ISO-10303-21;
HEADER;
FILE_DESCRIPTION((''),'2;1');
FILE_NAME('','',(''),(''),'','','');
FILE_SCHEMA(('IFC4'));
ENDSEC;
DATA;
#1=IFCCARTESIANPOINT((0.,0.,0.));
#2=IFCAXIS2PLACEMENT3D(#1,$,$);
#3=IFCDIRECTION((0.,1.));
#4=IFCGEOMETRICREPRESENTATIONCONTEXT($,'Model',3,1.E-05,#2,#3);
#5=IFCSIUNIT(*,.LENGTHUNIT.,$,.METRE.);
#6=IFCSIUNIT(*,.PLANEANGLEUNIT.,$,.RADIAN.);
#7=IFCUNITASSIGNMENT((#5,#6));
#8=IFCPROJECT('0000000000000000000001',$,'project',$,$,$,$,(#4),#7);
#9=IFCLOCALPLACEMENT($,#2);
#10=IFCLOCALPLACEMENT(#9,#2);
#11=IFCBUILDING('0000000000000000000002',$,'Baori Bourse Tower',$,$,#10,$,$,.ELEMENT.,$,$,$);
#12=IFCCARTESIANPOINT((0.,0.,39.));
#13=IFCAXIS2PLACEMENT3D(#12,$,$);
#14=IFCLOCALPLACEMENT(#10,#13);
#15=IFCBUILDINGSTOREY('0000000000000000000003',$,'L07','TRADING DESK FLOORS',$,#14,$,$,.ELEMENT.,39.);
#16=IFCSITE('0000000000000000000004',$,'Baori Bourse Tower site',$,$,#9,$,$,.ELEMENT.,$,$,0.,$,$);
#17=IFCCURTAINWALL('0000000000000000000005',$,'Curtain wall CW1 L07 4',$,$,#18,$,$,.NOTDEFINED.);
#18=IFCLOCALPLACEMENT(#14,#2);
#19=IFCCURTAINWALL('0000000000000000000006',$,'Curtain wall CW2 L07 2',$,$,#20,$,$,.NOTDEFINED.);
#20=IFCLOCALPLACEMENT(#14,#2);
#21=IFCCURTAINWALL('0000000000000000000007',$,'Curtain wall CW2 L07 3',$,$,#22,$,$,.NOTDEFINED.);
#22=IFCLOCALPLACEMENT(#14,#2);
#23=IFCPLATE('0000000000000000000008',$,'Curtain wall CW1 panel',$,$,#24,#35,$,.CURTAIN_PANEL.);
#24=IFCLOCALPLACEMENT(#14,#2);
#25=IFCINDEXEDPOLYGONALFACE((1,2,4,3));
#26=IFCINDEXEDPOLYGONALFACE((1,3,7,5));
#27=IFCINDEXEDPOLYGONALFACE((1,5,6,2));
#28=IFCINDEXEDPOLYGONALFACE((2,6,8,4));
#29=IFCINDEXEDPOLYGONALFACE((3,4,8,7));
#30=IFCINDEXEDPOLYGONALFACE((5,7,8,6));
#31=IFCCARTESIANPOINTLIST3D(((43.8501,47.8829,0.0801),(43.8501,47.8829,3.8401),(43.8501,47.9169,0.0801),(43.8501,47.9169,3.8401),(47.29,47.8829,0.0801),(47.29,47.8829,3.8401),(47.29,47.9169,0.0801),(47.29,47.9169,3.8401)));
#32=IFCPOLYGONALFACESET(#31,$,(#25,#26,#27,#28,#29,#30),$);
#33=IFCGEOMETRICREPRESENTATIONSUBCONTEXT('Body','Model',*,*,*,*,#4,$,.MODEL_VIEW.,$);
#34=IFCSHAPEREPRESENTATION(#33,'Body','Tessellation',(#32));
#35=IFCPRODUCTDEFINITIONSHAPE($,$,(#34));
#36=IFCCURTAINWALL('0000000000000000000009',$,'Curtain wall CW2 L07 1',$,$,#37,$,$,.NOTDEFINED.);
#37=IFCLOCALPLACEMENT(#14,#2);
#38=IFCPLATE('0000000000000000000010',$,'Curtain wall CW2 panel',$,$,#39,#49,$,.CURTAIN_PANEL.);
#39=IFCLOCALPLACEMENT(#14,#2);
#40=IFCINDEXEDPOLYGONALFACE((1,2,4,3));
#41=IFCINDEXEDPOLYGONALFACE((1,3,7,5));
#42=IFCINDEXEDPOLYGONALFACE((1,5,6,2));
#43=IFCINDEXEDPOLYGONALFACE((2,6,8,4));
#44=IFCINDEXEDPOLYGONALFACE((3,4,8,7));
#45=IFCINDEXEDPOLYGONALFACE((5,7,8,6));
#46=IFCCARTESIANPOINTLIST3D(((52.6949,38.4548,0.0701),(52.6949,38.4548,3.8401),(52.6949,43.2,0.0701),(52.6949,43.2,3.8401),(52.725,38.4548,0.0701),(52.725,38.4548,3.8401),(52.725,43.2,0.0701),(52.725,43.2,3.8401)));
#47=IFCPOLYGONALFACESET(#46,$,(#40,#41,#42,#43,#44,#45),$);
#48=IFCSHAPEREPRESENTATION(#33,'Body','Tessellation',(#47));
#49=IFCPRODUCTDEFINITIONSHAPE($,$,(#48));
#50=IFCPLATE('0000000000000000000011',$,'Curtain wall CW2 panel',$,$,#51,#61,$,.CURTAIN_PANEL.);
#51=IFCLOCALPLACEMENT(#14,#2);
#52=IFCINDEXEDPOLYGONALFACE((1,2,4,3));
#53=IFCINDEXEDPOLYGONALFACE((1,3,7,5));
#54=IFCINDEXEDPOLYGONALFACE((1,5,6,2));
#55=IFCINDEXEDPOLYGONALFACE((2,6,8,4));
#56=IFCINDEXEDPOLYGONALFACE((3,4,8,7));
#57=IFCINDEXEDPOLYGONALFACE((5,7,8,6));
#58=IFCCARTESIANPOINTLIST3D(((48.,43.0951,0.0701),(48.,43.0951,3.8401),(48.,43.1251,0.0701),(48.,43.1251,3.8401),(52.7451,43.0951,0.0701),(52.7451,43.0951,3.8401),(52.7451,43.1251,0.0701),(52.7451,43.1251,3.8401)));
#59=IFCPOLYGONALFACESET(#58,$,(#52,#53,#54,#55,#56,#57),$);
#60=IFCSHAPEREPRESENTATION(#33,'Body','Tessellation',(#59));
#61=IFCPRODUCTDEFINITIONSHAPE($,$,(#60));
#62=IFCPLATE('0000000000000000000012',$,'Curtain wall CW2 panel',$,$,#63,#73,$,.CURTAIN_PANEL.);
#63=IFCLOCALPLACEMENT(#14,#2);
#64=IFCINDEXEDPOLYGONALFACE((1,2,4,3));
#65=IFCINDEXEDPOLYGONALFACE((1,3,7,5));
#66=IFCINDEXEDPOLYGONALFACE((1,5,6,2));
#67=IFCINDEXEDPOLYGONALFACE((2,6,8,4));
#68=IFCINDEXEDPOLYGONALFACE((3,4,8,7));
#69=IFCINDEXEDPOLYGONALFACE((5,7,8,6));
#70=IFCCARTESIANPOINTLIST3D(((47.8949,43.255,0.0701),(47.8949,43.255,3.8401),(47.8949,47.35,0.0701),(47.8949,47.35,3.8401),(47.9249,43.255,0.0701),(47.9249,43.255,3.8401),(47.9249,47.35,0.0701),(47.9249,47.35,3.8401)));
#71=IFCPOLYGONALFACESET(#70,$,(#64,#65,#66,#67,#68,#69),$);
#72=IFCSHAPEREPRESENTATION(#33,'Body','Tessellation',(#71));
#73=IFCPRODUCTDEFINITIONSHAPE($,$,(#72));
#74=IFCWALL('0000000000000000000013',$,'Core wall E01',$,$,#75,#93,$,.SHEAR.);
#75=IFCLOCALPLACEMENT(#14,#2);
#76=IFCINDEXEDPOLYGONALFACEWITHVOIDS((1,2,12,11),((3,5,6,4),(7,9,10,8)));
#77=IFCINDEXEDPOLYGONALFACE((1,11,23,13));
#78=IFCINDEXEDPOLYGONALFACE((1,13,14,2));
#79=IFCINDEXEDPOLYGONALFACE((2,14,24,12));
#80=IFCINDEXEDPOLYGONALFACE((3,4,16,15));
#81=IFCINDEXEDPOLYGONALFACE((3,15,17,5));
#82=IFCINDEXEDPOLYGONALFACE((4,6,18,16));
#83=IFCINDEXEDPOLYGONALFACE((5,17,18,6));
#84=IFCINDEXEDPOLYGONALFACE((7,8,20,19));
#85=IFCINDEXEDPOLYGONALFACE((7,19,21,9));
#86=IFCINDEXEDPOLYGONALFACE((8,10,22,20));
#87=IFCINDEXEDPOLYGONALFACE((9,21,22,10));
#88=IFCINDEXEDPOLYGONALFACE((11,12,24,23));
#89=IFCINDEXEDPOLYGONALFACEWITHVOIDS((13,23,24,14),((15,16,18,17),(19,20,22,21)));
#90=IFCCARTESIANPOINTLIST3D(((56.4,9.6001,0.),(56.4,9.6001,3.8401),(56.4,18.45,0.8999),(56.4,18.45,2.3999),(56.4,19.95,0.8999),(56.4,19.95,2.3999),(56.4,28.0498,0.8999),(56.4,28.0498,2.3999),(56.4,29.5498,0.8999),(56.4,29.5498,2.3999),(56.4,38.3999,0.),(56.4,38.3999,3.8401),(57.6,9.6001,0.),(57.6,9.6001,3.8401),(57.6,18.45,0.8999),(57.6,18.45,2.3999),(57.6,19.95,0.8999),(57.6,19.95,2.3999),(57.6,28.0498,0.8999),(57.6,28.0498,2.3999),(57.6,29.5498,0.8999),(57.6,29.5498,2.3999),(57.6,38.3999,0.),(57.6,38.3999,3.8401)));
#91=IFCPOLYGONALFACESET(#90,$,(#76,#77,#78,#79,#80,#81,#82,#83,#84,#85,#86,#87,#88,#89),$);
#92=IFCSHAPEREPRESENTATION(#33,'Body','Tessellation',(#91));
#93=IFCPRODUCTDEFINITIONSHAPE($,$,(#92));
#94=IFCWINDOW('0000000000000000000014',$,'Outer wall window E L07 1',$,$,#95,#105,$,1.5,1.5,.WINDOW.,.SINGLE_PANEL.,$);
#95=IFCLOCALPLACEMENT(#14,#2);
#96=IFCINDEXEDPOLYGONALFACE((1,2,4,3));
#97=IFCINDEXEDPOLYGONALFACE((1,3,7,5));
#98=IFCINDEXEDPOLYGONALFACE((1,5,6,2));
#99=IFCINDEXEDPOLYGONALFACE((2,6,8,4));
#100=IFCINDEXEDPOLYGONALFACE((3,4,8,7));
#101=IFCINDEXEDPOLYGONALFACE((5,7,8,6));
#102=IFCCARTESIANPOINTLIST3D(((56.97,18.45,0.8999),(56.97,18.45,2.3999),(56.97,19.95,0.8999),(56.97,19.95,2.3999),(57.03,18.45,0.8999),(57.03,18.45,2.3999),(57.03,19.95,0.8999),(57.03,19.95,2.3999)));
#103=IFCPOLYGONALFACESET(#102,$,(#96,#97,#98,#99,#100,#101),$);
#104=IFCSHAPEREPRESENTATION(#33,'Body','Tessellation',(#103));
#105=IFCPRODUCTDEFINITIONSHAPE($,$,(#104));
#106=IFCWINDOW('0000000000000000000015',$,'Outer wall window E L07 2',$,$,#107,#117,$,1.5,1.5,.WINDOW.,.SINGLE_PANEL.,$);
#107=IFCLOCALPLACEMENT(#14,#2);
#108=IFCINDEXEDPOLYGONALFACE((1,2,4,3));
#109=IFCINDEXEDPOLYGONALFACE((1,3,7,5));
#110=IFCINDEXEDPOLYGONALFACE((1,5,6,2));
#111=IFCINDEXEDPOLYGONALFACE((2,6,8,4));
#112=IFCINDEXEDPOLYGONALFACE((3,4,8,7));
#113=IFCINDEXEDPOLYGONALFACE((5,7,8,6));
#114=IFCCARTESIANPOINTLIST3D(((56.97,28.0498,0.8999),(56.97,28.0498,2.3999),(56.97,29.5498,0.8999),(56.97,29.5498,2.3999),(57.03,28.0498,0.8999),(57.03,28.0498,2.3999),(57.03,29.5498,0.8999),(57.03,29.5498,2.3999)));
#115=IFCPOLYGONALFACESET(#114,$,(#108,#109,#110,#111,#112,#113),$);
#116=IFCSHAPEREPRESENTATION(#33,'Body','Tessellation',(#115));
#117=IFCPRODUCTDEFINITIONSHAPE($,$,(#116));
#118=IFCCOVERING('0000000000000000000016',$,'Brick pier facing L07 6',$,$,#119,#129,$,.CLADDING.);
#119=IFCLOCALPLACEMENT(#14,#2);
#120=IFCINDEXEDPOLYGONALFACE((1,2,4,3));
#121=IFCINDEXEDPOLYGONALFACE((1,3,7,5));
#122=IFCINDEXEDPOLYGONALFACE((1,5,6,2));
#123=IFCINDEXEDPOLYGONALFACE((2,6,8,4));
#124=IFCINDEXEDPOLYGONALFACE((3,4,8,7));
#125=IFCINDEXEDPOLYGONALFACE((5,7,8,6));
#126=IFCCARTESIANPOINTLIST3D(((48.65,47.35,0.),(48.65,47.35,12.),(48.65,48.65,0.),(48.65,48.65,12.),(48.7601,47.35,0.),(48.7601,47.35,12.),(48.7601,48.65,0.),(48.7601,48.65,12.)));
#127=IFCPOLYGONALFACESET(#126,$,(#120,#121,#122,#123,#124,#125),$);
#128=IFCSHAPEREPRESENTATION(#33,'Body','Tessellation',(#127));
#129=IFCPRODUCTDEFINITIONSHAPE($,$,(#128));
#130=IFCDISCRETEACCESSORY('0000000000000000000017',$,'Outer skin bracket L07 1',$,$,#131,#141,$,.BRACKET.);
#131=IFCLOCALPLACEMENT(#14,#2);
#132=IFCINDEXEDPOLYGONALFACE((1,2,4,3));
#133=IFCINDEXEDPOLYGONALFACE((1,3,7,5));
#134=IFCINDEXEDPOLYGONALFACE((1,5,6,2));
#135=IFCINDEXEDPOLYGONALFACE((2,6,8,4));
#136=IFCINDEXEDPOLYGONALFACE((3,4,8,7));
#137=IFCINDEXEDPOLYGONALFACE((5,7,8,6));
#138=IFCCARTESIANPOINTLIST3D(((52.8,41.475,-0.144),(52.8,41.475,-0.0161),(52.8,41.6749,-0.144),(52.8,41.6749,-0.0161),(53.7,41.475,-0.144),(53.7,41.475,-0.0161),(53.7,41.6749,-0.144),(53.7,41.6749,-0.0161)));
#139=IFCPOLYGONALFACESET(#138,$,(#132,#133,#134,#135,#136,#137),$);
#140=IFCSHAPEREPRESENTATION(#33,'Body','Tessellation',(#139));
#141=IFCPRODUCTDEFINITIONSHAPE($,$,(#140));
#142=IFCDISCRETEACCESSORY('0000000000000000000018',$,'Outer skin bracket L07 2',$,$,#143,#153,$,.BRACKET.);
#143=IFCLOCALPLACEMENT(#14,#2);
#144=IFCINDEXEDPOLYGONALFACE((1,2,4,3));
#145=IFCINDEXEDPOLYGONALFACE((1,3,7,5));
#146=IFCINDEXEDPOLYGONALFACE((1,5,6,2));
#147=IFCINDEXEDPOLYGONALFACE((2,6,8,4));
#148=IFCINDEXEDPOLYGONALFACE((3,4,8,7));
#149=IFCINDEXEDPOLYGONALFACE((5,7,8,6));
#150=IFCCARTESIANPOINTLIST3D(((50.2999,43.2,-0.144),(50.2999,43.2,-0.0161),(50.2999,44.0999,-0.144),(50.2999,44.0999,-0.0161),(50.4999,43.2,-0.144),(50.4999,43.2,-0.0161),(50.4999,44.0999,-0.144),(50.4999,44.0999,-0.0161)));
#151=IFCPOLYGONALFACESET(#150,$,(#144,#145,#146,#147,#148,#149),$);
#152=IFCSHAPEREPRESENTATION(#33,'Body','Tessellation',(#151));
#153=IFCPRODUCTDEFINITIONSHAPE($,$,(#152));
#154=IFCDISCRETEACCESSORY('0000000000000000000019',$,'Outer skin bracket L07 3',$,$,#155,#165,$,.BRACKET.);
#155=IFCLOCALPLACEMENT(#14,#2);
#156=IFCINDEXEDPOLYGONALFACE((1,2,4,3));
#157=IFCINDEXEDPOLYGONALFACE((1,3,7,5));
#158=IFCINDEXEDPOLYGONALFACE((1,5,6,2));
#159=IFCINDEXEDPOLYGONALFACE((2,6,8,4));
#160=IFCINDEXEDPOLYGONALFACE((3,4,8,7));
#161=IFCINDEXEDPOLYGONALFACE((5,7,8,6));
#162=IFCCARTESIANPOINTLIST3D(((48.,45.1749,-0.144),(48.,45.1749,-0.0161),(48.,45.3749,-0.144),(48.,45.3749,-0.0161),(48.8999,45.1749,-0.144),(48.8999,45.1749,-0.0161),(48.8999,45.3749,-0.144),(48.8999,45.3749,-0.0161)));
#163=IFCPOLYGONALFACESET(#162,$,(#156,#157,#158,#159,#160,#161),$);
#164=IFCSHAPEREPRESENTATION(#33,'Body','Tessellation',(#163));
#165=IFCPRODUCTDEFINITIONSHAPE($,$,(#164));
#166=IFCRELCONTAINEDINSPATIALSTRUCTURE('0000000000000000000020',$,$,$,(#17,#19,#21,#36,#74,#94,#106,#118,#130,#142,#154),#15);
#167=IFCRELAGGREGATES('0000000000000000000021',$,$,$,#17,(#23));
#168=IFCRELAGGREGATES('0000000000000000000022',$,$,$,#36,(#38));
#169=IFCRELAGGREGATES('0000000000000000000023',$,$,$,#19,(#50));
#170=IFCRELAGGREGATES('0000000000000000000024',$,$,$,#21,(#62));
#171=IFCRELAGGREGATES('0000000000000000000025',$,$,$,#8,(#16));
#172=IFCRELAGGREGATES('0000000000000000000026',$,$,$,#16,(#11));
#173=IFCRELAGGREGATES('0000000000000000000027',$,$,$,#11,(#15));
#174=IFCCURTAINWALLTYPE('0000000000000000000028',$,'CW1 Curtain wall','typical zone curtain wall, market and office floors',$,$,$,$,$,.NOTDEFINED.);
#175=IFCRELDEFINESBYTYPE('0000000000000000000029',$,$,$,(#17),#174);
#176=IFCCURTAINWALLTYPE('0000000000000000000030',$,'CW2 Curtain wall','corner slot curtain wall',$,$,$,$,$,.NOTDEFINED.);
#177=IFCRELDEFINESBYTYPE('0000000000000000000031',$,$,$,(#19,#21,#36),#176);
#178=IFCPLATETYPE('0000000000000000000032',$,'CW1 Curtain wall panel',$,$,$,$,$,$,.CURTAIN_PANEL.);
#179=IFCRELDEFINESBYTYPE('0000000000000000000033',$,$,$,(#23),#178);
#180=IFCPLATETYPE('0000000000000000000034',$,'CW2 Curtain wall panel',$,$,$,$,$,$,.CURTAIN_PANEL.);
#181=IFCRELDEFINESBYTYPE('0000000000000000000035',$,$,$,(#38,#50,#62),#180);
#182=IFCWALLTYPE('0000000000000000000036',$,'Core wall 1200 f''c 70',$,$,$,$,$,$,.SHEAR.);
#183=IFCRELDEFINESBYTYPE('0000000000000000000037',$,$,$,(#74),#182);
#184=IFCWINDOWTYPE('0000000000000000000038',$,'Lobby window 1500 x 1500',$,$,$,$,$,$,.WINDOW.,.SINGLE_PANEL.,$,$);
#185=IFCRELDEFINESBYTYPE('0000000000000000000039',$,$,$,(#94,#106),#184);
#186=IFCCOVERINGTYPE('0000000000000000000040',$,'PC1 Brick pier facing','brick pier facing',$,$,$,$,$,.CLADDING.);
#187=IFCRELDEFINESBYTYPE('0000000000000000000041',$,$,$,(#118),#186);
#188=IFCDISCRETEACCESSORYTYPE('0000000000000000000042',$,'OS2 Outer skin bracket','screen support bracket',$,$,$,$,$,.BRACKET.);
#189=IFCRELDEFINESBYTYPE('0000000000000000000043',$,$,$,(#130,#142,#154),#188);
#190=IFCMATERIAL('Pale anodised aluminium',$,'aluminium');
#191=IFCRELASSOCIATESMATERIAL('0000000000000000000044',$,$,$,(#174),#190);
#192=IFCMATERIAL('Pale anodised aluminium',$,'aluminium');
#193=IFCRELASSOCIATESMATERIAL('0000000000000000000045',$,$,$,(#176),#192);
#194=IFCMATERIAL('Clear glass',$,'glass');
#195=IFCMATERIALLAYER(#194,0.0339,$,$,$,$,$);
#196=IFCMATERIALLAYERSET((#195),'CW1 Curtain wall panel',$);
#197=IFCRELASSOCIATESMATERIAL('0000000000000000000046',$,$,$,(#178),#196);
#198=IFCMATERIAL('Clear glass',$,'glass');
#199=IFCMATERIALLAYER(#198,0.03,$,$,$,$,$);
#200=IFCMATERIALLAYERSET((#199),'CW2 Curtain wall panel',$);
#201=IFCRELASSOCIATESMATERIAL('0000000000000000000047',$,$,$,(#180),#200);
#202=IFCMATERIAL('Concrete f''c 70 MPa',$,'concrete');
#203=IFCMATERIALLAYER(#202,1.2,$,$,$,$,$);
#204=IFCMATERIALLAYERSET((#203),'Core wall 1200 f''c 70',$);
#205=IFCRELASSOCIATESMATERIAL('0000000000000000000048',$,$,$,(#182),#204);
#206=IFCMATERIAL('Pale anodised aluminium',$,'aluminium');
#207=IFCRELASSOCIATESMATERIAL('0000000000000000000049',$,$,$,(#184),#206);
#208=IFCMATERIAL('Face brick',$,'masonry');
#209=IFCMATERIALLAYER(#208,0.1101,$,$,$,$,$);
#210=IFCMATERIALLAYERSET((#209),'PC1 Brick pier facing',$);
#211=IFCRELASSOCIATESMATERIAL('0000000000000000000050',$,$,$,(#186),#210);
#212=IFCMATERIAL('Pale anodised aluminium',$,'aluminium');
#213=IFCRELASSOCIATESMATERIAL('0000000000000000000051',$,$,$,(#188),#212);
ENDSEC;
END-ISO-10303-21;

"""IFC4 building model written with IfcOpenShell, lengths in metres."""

from ifc_helpers import new_model, si_unit, direction, frame, frame_2d, origin, origin_2d, place, context, subcontext, project, spatial, rectangle, extrude, material, layer, layer_set, type_object, element, fill, aggregate, save


model = new_model("IFC4")

# Units and contexts
model_context = context("Model", 3, precision=1e-05, world=origin(), true_north=direction((0.0, 1.0)))
body_context = subcontext(model_context, "Body", "Model", "MODEL_VIEW")
ifc_project = project(units=[si_unit("LENGTHUNIT", "METRE"), si_unit("PLANEANGLEUNIT", "RADIAN")], contexts=[model_context])

# Site, building, storey
site_placement = place(None, origin())
site = spatial("IfcSite", under=ifc_project, at=site_placement, Name="Baori Bourse Tower site", CompositionType="ELEMENT", RefElevation=0.0)
building_placement = place(site_placement, origin())
building = spatial("IfcBuilding", under=site, at=building_placement, Name="Baori Bourse Tower", CompositionType="ELEMENT")
storey_placement = place(building_placement, frame((0.0, 0.0, 39.0)))
storey = spatial("IfcBuildingStorey", under=building, at=storey_placement, Name="L07", Description="TRADING DESK FLOORS", CompositionType="ELEMENT", Elevation=39.0)

# Curtain wall
ifc_material_1 = material(Name="Pale anodised aluminium", Category="aluminium")
curtain_wall_type_1 = type_object("IfcCurtainWallType", Name="CW1 Curtain wall", Description="typical zone curtain wall, market and office floors", PredefinedType="NOTDEFINED", material=ifc_material_1)
curtain_wall_1_placement = place(storey_placement, origin())
curtain_wall_1 = element("IfcCurtainWall", 1, at=curtain_wall_1_placement, inside=storey, type_object=curtain_wall_type_1, Name="Curtain wall CW1 L07 4", PredefinedType="NOTDEFINED")

# Curtain walls
ifc_material_2 = material(Name="Pale anodised aluminium", Category="aluminium")
curtain_wall_type_2 = type_object("IfcCurtainWallType", Name="CW2 Curtain wall", Description="corner slot curtain wall", PredefinedType="NOTDEFINED", material=ifc_material_2)
curtain_wall_2_placement = place(storey_placement, origin())
curtain_wall_2 = element("IfcCurtainWall", 2, at=curtain_wall_2_placement, inside=storey, type_object=curtain_wall_type_2, Name="Curtain wall CW2 L07 2", PredefinedType="NOTDEFINED")
curtain_wall_3_placement = place(storey_placement, origin())
curtain_wall_3 = element("IfcCurtainWall", 3, at=curtain_wall_3_placement, inside=storey, type_object=curtain_wall_type_2, Name="Curtain wall CW2 L07 3", PredefinedType="NOTDEFINED")

# Plate
ifc_material_3 = material(Name="Clear glass", Category="glass")
ifc_layer_1 = layer(ifc_material_3, 0.0339)
ifc_layer_set_1 = layer_set([ifc_layer_1], Name="CW1 Curtain wall panel")
plate_type_1 = type_object("IfcPlateType", Name="CW1 Curtain wall panel", PredefinedType="CURTAIN_PANEL", material=ifc_layer_set_1)
plate_1_placement = place(storey_placement, frame((45.5701, 47.8999, 0.0801), z_axis=(0.0, 0.0, 1.0), x_axis=(-1.0, 0.0, 0.0)))
plate_1 = element("IfcPlate", 4, at=plate_1_placement, type_object=plate_type_1, Name="Curtain wall CW1 panel", PredefinedType="CURTAIN_PANEL", context=body_context, shape_type="SweptSolid", body=[
    extrude(rectangle(XDim=3.4399, YDim=0.0339, at=origin_2d()), origin(), (0.0, 0.0, 1.0), 3.76),
])
aggregate(curtain_wall_1, [plate_1])

# Curtain wall, plate
curtain_wall_4_placement = place(storey_placement, origin())
curtain_wall_4 = element("IfcCurtainWall", 5, at=curtain_wall_4_placement, inside=storey, type_object=curtain_wall_type_2, Name="Curtain wall CW2 L07 1", PredefinedType="NOTDEFINED")
ifc_material_4 = material(Name="Clear glass", Category="glass")
ifc_layer_2 = layer(ifc_material_4, 0.03)
ifc_layer_set_2 = layer_set([ifc_layer_2], Name="CW2 Curtain wall panel")
plate_type_2 = type_object("IfcPlateType", Name="CW2 Curtain wall panel", PredefinedType="CURTAIN_PANEL", material=ifc_layer_set_2)
plate_2_placement = place(storey_placement, frame((52.71, 40.8274, 0.0701), z_axis=(0.0, 0.0, 1.0), x_axis=(0.0, 1.0, 0.0)))
plate_2 = element("IfcPlate", 6, at=plate_2_placement, type_object=plate_type_2, Name="Curtain wall CW2 panel", PredefinedType="CURTAIN_PANEL", context=body_context, shape_type="SweptSolid", body=[
    extrude(rectangle(XDim=4.7451, YDim=0.03, at=origin_2d()), origin(), (0.0, 0.0, 1.0), 3.77),
])
aggregate(curtain_wall_4, [plate_2])

# Plates
plate_3_placement = place(storey_placement, frame((50.3726, 43.1101, 0.0701), z_axis=(0.0, 0.0, 1.0), x_axis=(-1.0, 0.0, 0.0)))
plate_3 = element("IfcPlate", 7, at=plate_3_placement, type_object=plate_type_2, Name="Curtain wall CW2 panel", PredefinedType="CURTAIN_PANEL", context=body_context, shape_type="SweptSolid", body=[
    extrude(rectangle(XDim=4.7451, YDim=0.03, at=origin_2d()), origin(), (0.0, 0.0, 1.0), 3.77),
])
aggregate(curtain_wall_2, [plate_3])
plate_4_placement = place(storey_placement, frame((47.9099, 45.3025, 0.0701), z_axis=(0.0, 0.0, 1.0), x_axis=(0.0, 1.0, 0.0)))
plate_4 = element("IfcPlate", 8, at=plate_4_placement, type_object=plate_type_2, Name="Curtain wall CW2 panel", PredefinedType="CURTAIN_PANEL", context=body_context, shape_type="SweptSolid", body=[
    extrude(rectangle(XDim=4.095, YDim=0.03, at=origin_2d()), origin(), (0.0, 0.0, 1.0), 3.77),
])
aggregate(curtain_wall_3, [plate_4])

# Wall, openings, windows
ifc_material_5 = material(Name="Concrete f'c 70 MPa", Category="concrete")
ifc_layer_3 = layer(ifc_material_5, 1.2)
ifc_layer_set_3 = layer_set([ifc_layer_3], Name="Core wall 1200 f'c 70")
wall_type = type_object("IfcWallType", Name="Core wall 1200 f'c 70", PredefinedType="SHEAR", material=ifc_layer_set_3)
wall_placement = place(storey_placement, frame((57.0, 38.3999, 0.0), z_axis=(0.0, 0.0, 1.0), x_axis=(0.0, -1.0, 0.0)))
wall = element("IfcWall", 9, at=wall_placement, inside=storey, type_object=wall_type, Name="Core wall E01", PredefinedType="SHEAR", context=body_context, shape_type="SweptSolid", body=[
    extrude(rectangle(XDim=28.7998, YDim=1.2, at=frame_2d((14.3999, 0.0))), origin(), (0.0, 0.0, 1.0), 3.8401),
])
opening_1_placement = place(wall_placement, frame((18.45, 0.0, 0.8999)))
opening_1 = element("IfcOpeningElement", 10, at=opening_1_placement, cuts=wall, PredefinedType="OPENING", context=body_context, shape_type="SweptSolid", body=[
    extrude(rectangle(XDim=1.5, YDim=1.5, at=frame_2d((0.75, 0.75))), frame((0.0, 0.6099, 0.0), z_axis=(0.0, -1.0, 0.0), x_axis=(1.0, 0.0, 0.0)), (0.0, 0.0, 1.0), 1.22),
])
opening_2_placement = place(wall_placement, frame((8.8501, 0.0, 0.8999)))
opening_2 = element("IfcOpeningElement", 11, at=opening_2_placement, cuts=wall, PredefinedType="OPENING", context=body_context, shape_type="SweptSolid", body=[
    extrude(rectangle(XDim=1.5, YDim=1.5, at=frame_2d((0.75, 0.75))), frame((0.0, 0.6099, 0.0), z_axis=(0.0, -1.0, 0.0), x_axis=(1.0, 0.0, 0.0)), (0.0, 0.0, 1.0), 1.22),
])
ifc_material_6 = material(Name="Pale anodised aluminium", Category="aluminium")
window_type = type_object("IfcWindowType", Name="Lobby window 1500 x 1500", PartitioningType="SINGLE_PANEL", PredefinedType="WINDOW", material=ifc_material_6)
window_1_placement = place(opening_1_placement, origin())
window_1 = element("IfcWindow", 12, at=window_1_placement, inside=storey, type_object=window_type, Name="Outer wall window E L07 1", OverallHeight=1.5, OverallWidth=1.5, PartitioningType="SINGLE_PANEL", PredefinedType="WINDOW", context=body_context, shape_type="SweptSolid", body=[
    extrude(rectangle(XDim=1.5, YDim=1.5, at=frame_2d((0.75, 0.75))), frame((0.0, 0.03, 0.0), z_axis=(0.0, -1.0, 0.0), x_axis=(1.0, 0.0, 0.0)), (0.0, 0.0, 1.0), 0.0601),
])
fill(opening_1, window_1)
window_2_placement = place(opening_2_placement, origin())
window_2 = element("IfcWindow", 13, at=window_2_placement, inside=storey, type_object=window_type, Name="Outer wall window E L07 2", OverallHeight=1.5, OverallWidth=1.5, PartitioningType="SINGLE_PANEL", PredefinedType="WINDOW", context=body_context, shape_type="SweptSolid", body=[
    extrude(rectangle(XDim=1.5, YDim=1.5, at=frame_2d((0.75, 0.75))), frame((0.0, 0.03, 0.0), z_axis=(0.0, -1.0, 0.0), x_axis=(1.0, 0.0, 0.0)), (0.0, 0.0, 1.0), 0.0601),
])
fill(opening_2, window_2)

# Covering
ifc_material_7 = material(Name="Face brick", Category="masonry")
ifc_layer_4 = layer(ifc_material_7, 0.1101)
ifc_layer_set_4 = layer_set([ifc_layer_4], Name="PC1 Brick pier facing")
covering_type = type_object("IfcCoveringType", Name="PC1 Brick pier facing", Description="brick pier facing", PredefinedType="CLADDING", material=ifc_layer_set_4)
covering_placement = place(storey_placement, frame((48.7051, 48.0, 0.0), z_axis=(0.0, 0.0, 1.0), x_axis=(1.0, 0.0, 0.0)))
element("IfcCovering", 14, at=covering_placement, inside=storey, type_object=covering_type, Name="Brick pier facing L07 6", PredefinedType="CLADDING", context=body_context, shape_type="SweptSolid", body=[
    extrude(rectangle(XDim=0.1101, YDim=1.3, at=origin_2d()), origin(), (0.0, 0.0, 1.0), 12.0),
])

# Discrete accessories
ifc_material_8 = material(Name="Pale anodised aluminium", Category="aluminium")
discrete_accessory_type = type_object("IfcDiscreteAccessoryType", Name="OS2 Outer skin bracket", Description="screen support bracket", PredefinedType="BRACKET", material=ifc_material_8)
for number, where, z_axis, x_axis, name in (
    (15, (53.25, 41.575, -0.144), (0.0, 0.0, 1.0), (0.0, 1.0, 0.0), "Outer skin bracket L07 1"),
    (16, (50.3999, 43.6499, -0.144), (0.0, 0.0, 1.0), (-1.0, 0.0, 0.0), "Outer skin bracket L07 2"),
    (17, (48.45, 45.2749, -0.144), (0.0, 0.0, 1.0), (0.0, 1.0, 0.0), "Outer skin bracket L07 3"),
):
    element("IfcDiscreteAccessory", number, at=place(storey_placement, frame(where, z_axis=z_axis, x_axis=x_axis)), inside=storey, type_object=discrete_accessory_type, Name=name, PredefinedType="BRACKET", context=body_context, shape_type="SweptSolid", body=[
        extrude(rectangle(XDim=0.2, YDim=0.8999, at=origin_2d()), origin(), (0.0, 0.0, 1.0), 0.1279),
    ])

save(model, "model.ifc")
